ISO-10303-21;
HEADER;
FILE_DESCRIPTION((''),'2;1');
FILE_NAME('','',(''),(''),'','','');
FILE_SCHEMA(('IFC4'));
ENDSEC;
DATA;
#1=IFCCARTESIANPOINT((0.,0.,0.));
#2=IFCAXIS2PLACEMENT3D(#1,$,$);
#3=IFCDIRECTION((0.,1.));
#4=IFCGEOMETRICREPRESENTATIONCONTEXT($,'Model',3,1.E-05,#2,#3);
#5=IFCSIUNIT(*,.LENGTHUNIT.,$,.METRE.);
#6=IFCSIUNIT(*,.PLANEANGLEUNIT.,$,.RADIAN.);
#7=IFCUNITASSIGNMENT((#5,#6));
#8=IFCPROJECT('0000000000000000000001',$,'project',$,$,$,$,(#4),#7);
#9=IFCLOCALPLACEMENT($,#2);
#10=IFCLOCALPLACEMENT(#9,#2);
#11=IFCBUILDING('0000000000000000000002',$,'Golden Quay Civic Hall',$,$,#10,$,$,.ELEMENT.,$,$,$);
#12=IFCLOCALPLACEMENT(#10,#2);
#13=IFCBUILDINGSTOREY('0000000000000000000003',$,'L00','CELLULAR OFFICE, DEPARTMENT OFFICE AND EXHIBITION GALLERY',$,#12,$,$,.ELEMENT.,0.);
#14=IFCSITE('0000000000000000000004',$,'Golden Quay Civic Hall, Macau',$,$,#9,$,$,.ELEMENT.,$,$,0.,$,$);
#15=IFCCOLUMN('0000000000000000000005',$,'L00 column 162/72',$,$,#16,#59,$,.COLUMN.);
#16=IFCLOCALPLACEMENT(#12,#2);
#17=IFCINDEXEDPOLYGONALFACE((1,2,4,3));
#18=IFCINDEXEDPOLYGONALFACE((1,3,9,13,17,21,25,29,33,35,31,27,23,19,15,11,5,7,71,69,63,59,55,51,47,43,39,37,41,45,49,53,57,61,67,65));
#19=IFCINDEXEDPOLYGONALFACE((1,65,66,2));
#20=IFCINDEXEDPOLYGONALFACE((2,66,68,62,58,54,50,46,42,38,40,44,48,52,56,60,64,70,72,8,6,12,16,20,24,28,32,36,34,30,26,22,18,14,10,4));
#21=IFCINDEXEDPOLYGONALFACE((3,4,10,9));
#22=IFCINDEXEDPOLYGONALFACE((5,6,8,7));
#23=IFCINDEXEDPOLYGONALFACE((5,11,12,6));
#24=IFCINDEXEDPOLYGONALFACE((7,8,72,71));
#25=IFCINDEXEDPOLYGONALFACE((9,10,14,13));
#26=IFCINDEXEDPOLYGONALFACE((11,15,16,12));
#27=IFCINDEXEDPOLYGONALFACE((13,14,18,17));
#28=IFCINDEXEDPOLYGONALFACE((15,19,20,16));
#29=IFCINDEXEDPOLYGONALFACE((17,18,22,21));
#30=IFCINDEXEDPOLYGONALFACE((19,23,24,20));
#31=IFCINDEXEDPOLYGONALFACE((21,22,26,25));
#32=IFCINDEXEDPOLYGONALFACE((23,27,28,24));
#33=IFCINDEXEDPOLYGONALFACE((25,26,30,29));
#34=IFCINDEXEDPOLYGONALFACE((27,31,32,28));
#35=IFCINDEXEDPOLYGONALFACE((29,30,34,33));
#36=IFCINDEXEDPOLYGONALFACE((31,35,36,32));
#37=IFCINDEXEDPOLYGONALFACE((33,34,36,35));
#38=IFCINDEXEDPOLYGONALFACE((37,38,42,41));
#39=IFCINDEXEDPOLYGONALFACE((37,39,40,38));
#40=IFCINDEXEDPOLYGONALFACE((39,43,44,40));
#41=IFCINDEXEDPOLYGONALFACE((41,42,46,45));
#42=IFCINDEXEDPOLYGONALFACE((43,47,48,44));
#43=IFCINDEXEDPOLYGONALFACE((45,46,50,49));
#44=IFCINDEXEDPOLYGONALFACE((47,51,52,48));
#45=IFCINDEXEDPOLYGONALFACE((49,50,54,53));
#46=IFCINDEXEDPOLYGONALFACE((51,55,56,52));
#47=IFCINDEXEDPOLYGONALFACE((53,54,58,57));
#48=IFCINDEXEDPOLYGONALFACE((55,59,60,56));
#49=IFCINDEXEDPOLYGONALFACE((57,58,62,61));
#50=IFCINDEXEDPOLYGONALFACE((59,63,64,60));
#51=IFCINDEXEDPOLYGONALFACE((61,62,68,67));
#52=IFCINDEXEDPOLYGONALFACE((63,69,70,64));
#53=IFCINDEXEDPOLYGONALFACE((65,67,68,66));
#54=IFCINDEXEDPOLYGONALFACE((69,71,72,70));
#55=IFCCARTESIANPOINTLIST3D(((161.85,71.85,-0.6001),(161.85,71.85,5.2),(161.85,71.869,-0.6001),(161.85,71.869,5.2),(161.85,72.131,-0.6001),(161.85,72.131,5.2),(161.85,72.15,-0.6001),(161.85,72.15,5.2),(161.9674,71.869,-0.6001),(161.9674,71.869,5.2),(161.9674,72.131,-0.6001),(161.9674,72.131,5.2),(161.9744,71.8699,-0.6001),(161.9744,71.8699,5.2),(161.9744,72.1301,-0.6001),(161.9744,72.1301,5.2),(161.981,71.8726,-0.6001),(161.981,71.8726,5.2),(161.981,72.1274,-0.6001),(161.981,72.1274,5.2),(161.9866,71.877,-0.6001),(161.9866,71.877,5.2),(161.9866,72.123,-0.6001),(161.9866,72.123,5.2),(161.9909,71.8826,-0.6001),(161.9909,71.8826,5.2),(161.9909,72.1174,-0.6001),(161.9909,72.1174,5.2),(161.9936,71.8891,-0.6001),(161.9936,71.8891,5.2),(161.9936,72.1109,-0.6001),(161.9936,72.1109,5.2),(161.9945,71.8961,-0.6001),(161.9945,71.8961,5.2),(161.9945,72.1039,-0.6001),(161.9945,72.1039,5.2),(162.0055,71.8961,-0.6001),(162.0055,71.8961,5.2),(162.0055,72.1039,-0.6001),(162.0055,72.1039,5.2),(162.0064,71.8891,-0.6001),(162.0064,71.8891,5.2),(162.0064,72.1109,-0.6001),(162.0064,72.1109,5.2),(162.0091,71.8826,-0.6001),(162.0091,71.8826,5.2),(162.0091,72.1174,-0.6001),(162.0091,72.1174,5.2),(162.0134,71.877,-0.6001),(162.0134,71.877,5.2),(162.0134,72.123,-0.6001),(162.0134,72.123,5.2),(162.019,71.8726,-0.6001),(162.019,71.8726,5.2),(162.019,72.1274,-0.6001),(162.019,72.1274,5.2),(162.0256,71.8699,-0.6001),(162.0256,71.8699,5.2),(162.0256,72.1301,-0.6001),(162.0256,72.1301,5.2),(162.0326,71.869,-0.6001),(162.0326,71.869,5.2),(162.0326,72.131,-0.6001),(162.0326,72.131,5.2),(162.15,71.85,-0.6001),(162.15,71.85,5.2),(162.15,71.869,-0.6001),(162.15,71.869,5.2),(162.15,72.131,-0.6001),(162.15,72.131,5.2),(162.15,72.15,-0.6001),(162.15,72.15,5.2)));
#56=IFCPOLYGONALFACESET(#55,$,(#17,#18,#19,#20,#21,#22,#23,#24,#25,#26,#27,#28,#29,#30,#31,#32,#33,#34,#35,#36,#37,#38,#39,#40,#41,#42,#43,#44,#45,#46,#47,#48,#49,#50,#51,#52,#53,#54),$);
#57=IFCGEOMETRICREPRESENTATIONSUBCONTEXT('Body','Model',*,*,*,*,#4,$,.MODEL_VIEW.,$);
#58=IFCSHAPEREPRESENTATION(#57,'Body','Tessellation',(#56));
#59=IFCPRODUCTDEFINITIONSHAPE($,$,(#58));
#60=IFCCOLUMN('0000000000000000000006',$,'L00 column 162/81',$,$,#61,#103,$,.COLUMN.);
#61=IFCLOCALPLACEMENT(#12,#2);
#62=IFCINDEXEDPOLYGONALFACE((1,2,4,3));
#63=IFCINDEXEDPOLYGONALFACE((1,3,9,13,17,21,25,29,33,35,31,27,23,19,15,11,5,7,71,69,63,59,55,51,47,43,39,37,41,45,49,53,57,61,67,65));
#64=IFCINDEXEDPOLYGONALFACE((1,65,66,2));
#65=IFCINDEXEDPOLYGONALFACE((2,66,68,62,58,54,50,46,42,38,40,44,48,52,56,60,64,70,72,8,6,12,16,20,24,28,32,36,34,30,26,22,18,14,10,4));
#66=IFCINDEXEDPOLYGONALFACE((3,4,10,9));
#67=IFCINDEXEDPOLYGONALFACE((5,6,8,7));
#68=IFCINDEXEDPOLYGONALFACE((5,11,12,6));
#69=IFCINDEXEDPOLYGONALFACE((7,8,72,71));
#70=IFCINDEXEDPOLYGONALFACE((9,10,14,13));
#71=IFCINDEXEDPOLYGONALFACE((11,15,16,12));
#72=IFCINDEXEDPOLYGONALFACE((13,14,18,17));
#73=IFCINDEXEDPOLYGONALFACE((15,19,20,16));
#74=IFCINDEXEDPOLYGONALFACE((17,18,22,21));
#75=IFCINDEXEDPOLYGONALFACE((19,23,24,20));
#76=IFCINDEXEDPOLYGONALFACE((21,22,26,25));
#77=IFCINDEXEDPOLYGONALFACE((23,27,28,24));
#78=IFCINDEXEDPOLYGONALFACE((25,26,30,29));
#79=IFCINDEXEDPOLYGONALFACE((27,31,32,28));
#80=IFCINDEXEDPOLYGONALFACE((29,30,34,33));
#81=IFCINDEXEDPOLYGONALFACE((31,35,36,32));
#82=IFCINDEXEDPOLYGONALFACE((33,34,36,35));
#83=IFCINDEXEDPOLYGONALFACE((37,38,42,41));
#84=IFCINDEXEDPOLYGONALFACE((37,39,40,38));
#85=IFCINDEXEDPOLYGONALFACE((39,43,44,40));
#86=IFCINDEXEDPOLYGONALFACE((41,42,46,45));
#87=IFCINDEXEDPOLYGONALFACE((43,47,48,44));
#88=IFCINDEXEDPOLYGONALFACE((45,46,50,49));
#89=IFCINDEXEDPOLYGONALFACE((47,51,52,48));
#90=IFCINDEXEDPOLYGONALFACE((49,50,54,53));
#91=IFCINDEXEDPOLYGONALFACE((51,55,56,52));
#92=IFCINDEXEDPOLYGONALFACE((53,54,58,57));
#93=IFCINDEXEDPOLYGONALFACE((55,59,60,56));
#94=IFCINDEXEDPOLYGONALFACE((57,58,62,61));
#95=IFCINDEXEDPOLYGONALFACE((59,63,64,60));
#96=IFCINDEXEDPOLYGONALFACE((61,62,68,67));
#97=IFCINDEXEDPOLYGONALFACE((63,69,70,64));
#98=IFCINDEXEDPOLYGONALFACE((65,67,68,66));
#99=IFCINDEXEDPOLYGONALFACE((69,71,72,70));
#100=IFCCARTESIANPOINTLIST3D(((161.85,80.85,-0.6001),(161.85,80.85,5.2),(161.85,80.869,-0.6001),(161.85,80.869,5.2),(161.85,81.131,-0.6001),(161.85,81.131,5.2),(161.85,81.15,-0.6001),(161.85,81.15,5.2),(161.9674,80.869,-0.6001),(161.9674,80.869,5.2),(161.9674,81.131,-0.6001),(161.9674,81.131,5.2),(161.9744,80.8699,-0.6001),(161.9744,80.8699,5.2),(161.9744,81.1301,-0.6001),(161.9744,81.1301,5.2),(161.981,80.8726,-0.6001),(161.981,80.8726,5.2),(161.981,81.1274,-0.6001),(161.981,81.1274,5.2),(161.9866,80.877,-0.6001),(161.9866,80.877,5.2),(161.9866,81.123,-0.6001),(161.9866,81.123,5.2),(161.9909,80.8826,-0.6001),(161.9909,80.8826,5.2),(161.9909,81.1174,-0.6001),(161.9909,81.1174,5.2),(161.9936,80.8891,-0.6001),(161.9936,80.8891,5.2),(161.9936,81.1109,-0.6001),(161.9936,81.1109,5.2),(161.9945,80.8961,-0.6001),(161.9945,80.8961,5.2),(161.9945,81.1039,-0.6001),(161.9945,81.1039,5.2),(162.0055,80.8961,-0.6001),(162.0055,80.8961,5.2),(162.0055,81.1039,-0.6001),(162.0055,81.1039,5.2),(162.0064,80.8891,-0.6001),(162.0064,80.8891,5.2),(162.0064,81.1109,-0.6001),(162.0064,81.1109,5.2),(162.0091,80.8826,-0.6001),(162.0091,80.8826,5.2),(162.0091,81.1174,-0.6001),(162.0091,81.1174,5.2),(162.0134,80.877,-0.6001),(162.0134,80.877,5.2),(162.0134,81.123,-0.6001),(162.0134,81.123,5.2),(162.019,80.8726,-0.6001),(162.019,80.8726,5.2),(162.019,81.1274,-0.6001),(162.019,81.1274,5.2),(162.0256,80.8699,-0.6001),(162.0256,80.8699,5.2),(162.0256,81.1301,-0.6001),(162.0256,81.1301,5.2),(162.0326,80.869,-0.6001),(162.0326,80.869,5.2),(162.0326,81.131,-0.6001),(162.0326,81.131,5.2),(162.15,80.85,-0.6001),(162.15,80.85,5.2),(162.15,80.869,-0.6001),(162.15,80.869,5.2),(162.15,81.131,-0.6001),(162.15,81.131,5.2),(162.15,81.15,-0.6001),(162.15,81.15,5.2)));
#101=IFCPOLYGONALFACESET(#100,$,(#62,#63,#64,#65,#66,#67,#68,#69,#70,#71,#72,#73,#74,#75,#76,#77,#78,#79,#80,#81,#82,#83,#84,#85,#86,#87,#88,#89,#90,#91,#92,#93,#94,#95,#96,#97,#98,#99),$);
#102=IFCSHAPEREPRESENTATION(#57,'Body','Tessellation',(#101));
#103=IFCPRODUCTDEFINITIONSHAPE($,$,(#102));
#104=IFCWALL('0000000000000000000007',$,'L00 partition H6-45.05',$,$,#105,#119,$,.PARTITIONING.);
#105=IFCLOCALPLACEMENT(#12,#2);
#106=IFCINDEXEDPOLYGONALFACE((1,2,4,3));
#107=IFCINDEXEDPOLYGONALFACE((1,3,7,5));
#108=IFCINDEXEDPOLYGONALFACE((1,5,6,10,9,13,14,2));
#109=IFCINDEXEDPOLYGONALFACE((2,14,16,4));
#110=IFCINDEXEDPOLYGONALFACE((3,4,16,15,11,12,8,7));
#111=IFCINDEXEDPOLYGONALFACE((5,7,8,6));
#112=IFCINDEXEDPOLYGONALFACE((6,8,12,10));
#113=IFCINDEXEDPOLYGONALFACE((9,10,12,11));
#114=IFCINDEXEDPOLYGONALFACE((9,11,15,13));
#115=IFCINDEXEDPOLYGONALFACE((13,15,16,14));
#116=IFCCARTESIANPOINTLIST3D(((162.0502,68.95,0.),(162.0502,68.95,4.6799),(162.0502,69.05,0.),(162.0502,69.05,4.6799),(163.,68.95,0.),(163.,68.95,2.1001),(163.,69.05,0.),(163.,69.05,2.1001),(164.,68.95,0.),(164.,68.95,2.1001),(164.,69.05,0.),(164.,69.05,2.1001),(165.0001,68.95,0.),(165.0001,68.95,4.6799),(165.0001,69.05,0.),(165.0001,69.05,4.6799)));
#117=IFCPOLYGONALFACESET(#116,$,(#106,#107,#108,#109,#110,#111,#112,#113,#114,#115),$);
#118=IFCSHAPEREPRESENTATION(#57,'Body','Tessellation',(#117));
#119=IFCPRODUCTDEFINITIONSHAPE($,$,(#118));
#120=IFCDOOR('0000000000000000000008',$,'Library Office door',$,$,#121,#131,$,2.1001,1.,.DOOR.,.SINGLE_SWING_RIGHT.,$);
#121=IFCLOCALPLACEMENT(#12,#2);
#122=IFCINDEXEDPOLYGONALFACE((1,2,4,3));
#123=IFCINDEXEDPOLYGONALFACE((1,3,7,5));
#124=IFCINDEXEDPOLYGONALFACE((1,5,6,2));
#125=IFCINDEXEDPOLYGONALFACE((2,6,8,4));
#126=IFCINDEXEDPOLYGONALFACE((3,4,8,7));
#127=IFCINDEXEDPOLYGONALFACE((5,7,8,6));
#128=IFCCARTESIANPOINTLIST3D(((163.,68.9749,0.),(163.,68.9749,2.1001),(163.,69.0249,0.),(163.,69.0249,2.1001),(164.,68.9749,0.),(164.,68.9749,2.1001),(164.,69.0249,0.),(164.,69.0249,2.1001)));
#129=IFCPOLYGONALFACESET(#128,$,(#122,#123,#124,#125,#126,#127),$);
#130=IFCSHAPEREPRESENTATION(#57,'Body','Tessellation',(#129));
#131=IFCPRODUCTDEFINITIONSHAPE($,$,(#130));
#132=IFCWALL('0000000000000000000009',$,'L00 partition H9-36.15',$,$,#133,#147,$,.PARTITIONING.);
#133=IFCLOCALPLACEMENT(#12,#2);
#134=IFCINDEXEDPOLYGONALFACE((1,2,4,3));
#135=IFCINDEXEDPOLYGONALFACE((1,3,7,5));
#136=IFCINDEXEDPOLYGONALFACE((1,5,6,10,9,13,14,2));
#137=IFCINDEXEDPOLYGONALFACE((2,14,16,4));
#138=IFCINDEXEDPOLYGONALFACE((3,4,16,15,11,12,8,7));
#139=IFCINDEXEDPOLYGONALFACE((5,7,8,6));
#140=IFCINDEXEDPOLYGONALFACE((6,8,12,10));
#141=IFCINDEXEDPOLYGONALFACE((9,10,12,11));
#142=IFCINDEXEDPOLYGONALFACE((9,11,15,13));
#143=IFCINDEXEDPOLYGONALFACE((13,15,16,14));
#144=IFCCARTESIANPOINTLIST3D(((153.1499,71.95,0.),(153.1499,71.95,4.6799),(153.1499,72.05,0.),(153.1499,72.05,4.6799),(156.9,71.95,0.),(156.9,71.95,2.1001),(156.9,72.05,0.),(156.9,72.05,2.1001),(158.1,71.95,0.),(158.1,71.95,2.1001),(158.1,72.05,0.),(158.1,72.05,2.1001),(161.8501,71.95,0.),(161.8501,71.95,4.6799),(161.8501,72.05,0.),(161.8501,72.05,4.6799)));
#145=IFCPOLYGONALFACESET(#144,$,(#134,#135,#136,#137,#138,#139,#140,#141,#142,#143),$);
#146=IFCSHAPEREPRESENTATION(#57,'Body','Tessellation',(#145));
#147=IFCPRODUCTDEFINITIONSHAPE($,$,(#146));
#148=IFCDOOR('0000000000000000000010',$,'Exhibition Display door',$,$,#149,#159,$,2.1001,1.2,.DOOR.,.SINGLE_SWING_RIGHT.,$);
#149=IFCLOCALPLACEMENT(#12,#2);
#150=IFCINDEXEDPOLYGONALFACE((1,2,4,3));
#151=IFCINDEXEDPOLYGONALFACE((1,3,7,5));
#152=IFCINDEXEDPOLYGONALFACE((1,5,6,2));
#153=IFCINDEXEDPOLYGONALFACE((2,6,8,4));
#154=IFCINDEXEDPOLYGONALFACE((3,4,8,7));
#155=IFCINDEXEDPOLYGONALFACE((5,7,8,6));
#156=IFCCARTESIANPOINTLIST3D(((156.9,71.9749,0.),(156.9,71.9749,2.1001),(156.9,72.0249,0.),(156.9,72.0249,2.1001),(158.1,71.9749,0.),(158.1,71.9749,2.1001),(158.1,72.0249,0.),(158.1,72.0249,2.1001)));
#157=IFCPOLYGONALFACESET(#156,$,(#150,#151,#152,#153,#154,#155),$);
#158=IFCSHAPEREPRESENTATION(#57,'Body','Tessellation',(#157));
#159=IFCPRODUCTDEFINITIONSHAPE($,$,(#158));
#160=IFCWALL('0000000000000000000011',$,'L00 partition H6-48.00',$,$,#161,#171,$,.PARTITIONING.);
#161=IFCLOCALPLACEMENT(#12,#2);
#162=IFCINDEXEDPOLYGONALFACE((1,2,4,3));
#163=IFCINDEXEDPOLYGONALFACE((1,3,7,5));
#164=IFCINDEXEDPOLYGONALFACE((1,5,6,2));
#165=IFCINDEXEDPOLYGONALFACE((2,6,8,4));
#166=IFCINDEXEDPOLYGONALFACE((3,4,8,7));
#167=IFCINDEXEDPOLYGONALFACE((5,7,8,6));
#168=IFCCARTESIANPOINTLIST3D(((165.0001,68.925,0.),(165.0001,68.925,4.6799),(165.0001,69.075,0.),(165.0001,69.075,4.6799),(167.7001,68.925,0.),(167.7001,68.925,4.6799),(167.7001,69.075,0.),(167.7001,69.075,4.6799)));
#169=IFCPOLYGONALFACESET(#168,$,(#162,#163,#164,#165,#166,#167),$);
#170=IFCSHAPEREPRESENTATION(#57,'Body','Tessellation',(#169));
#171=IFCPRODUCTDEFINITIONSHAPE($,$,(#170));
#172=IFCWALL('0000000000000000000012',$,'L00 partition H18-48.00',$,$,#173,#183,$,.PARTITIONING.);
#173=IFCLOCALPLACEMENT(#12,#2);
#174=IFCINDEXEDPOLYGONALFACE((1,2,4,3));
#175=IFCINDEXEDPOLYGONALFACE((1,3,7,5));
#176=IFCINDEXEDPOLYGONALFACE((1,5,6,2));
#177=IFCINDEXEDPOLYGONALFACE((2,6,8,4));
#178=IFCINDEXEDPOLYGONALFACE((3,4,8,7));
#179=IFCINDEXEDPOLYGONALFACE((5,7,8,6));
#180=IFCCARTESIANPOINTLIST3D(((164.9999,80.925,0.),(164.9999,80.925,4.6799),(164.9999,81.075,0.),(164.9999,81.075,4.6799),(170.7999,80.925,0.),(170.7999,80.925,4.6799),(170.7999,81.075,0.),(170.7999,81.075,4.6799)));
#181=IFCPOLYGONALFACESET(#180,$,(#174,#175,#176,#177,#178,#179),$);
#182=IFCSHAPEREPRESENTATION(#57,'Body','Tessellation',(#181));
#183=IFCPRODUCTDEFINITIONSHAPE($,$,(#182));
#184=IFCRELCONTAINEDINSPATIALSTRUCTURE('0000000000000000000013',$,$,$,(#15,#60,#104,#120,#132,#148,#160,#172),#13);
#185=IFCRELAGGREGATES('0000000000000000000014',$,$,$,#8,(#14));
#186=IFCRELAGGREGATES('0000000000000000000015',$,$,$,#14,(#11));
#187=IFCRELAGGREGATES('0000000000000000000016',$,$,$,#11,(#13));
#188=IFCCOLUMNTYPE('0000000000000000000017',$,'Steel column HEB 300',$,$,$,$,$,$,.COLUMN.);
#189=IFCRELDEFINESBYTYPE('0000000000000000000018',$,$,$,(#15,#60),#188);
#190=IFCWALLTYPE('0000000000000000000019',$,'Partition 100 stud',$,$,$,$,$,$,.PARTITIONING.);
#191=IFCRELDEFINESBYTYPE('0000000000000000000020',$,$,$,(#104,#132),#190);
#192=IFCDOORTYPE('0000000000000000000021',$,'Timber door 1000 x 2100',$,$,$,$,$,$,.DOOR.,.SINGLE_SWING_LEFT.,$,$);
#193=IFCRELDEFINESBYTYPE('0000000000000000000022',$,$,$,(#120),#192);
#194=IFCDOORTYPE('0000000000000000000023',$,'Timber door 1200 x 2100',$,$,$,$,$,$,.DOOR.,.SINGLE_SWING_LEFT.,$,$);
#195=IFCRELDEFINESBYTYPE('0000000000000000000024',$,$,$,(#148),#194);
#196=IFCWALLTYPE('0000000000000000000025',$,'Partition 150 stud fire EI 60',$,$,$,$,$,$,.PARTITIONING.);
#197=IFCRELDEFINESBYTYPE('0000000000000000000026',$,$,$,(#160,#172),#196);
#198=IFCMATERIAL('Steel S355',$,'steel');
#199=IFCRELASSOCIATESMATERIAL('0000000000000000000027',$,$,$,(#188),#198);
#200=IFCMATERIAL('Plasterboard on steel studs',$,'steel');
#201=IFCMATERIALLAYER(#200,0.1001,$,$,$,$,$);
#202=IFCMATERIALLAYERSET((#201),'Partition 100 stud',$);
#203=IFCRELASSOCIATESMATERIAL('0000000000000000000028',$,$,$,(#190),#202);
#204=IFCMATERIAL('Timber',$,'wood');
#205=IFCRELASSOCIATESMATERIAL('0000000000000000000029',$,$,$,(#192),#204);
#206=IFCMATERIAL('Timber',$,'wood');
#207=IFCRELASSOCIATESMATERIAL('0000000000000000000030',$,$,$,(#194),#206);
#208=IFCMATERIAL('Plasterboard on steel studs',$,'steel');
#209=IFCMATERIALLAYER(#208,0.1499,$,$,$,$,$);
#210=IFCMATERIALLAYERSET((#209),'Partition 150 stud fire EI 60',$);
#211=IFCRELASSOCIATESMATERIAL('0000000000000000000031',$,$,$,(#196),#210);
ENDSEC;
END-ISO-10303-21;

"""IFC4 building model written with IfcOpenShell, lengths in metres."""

from ifc_helpers import new_model, si_unit, direction, frame, frame_2d, origin, origin_2d, place, context, subcontext, project, spatial, rectangle, i_section, extrude, material, layer, layer_set, material_profile, profile_set, type_object, element, fill, save


model = new_model("IFC4")

# Units and contexts
model_context = context("Model", 3, precision=1e-05, world=origin(), true_north=direction((0.0, 1.0)))
body_context = subcontext(model_context, "Body", "Model", "MODEL_VIEW")
ifc_project = project(units=[si_unit("LENGTHUNIT", "METRE"), si_unit("PLANEANGLEUNIT", "RADIAN")], contexts=[model_context])

# Site, building, storey
site_placement = place(None, origin())
site = spatial("IfcSite", under=ifc_project, at=site_placement, Name="Golden Quay Civic Hall, Macau", CompositionType="ELEMENT", RefElevation=0.0)
building_placement = place(site_placement, origin())
building = spatial("IfcBuilding", under=site, at=building_placement, Name="Golden Quay Civic Hall", CompositionType="ELEMENT")
storey_placement = place(building_placement, origin())
storey = spatial("IfcBuildingStorey", under=building, at=storey_placement, Name="L00", Description="CELLULAR OFFICE, DEPARTMENT OFFICE AND EXHIBITION GALLERY", CompositionType="ELEMENT", Elevation=0.0)

# Columns
ifc_material_1 = material(Name="Steel S355", Category="steel")
ifc_material_profile_1 = material_profile(ifc_material_1, i_section(OverallWidth=0.3, OverallDepth=0.3, WebThickness=0.011, FlangeThickness=0.019, FilletRadius=0.0271, at=origin_2d()), Name="HEB 300")
ifc_profile_set_1 = profile_set([ifc_material_profile_1], Name="Steel S355")
column_type = type_object("IfcColumnType", Name="Steel column HEB 300", PredefinedType="COLUMN", material=ifc_profile_set_1)
for number, where, z_axis, x_axis, name in (
    (1, (162.0, 72.0, -0.6001), (0.0, 0.0, 1.0), (1.0, 0.0, 0.0), "L00 column 162/72"),
    (2, (162.0, 81.0, -0.6001), (0.0, 0.0, 1.0), (1.0, 0.0, 0.0), "L00 column 162/81"),
):
    element("IfcColumn", number, at=place(storey_placement, frame(where, z_axis=z_axis, x_axis=x_axis)), inside=storey, type_object=column_type, Name=name, PredefinedType="COLUMN", context=body_context, shape_type="SweptSolid", body=[
        extrude(i_section(OverallWidth=0.3, OverallDepth=0.3, WebThickness=0.011, FlangeThickness=0.019, FilletRadius=0.0271, at=origin_2d()), origin(), (0.0, 0.0, 1.0), 5.8),
    ])

# Walls, openings, doors
ifc_material_2 = material(Name="Plasterboard on steel studs", Category="steel")
ifc_layer_1 = layer(ifc_material_2, 0.1001)
ifc_layer_set_1 = layer_set([ifc_layer_1], Name="Partition 100 stud")
wall_type_1 = type_object("IfcWallType", Name="Partition 100 stud", PredefinedType="PARTITIONING", material=ifc_layer_set_1)
wall_1_placement = place(storey_placement, frame((162.05, 69.0, 0.0), z_axis=(0.0, 0.0, 1.0), x_axis=(1.0, 0.0, 0.0)))
wall_1 = element("IfcWall", 3, at=wall_1_placement, inside=storey, type_object=wall_type_1, Name="L00 partition H6-45.05", PredefinedType="PARTITIONING", context=body_context, shape_type="SweptSolid", body=[
    extrude(rectangle(XDim=2.95, YDim=0.1001, at=frame_2d((1.4751, 0.0))), origin(), (0.0, 0.0, 1.0), 4.6799),
])
opening_1_placement = place(wall_1_placement, frame((0.95, 0.0, 0.0)))
opening_1 = element("IfcOpeningElement", 4, at=opening_1_placement, cuts=wall_1, PredefinedType="OPENING", context=body_context, shape_type="SweptSolid", body=[
    extrude(rectangle(XDim=1.0, YDim=2.1001, at=frame_2d((0.5, 1.05))), frame((0.0, 0.0601, 0.0), z_axis=(0.0, -1.0, 0.0), x_axis=(1.0, 0.0, 0.0)), (0.0, 0.0, 1.0), 0.1201),
])
ifc_material_3 = material(Name="Timber", Category="wood")
door_type_1 = type_object("IfcDoorType", Name="Timber door 1000 x 2100", OperationType="SINGLE_SWING_LEFT", PredefinedType="DOOR", material=ifc_material_3)
door_1_placement = place(opening_1_placement, frame((1.0, 0.0, 0.0), z_axis=(0.0, 0.0, 1.0), x_axis=(-1.0, 0.0, 0.0)))
door_1 = element("IfcDoor", 5, at=door_1_placement, inside=storey, type_object=door_type_1, Name="Library Office door", OperationType="SINGLE_SWING_RIGHT", OverallHeight=2.1001, OverallWidth=1.0, PredefinedType="DOOR", context=body_context, shape_type="SweptSolid", body=[
    extrude(rectangle(XDim=1.0, YDim=2.1001, at=frame_2d((0.5, 1.05))), frame((0.0, 0.0251, 0.0), z_axis=(0.0, -1.0, 0.0), x_axis=(1.0, 0.0, 0.0)), (0.0, 0.0, 1.0), 0.05),
])
fill(opening_1, door_1)
wall_2_placement = place(storey_placement, frame((153.1499, 72.0, 0.0), z_axis=(0.0, 0.0, 1.0), x_axis=(1.0, 0.0, 0.0)))
wall_2 = element("IfcWall", 6, at=wall_2_placement, inside=storey, type_object=wall_type_1, Name="L00 partition H9-36.15", PredefinedType="PARTITIONING", context=body_context, shape_type="SweptSolid", body=[
    extrude(rectangle(XDim=8.7002, YDim=0.1001, at=frame_2d((4.3501, 0.0))), origin(), (0.0, 0.0, 1.0), 4.6799),
])
opening_2_placement = place(wall_2_placement, frame((3.75, 0.0, 0.0)))
opening_2 = element("IfcOpeningElement", 7, at=opening_2_placement, cuts=wall_2, PredefinedType="OPENING", context=body_context, shape_type="SweptSolid", body=[
    extrude(rectangle(XDim=1.2, YDim=2.1001, at=frame_2d((0.6001, 1.05))), frame((0.0, 0.0601, 0.0), z_axis=(0.0, -1.0, 0.0), x_axis=(1.0, 0.0, 0.0)), (0.0, 0.0, 1.0), 0.1201),
])
ifc_material_4 = material(Name="Timber", Category="wood")
door_type_2 = type_object("IfcDoorType", Name="Timber door 1200 x 2100", OperationType="SINGLE_SWING_LEFT", PredefinedType="DOOR", material=ifc_material_4)
door_2_placement = place(opening_2_placement, frame((1.2, 0.0, 0.0), z_axis=(0.0, 0.0, 1.0), x_axis=(-1.0, 0.0, 0.0)))
door_2 = element("IfcDoor", 8, at=door_2_placement, inside=storey, type_object=door_type_2, Name="Exhibition Display door", OperationType="SINGLE_SWING_RIGHT", OverallHeight=2.1001, OverallWidth=1.2, PredefinedType="DOOR", context=body_context, shape_type="SweptSolid", body=[
    extrude(rectangle(XDim=1.2, YDim=2.1001, at=frame_2d((0.5999, 1.05))), frame((0.0, 0.0251, 0.0), z_axis=(0.0, -1.0, 0.0), x_axis=(1.0, 0.0, 0.0)), (0.0, 0.0, 1.0), 0.05),
])
fill(opening_2, door_2)

# Walls
ifc_material_5 = material(Name="Plasterboard on steel studs", Category="steel")
ifc_layer_2 = layer(ifc_material_5, 0.1499)
ifc_layer_set_2 = layer_set([ifc_layer_2], Name="Partition 150 stud fire EI 60")
wall_type_2 = type_object("IfcWallType", Name="Partition 150 stud fire EI 60", PredefinedType="PARTITIONING", material=ifc_layer_set_2)
wall_3_placement = place(storey_placement, frame((165.0, 69.0, 0.0), z_axis=(0.0, 0.0, 1.0), x_axis=(1.0, 0.0, 0.0)))
element("IfcWall", 9, at=wall_3_placement, inside=storey, type_object=wall_type_2, Name="L00 partition H6-48.00", PredefinedType="PARTITIONING", context=body_context, shape_type="SweptSolid", body=[
    extrude(rectangle(XDim=2.7, YDim=0.1499, at=frame_2d((1.3501, 0.0))), origin(), (0.0, 0.0, 1.0), 4.6799),
])
wall_4_placement = place(storey_placement, frame((165.0, 81.0, 0.0), z_axis=(0.0, 0.0, 1.0), x_axis=(1.0, 0.0, 0.0)))
element("IfcWall", 10, at=wall_4_placement, inside=storey, type_object=wall_type_2, Name="L00 partition H18-48.00", PredefinedType="PARTITIONING", context=body_context, shape_type="SweptSolid", body=[
    extrude(rectangle(XDim=5.8, YDim=0.1499, at=frame_2d((2.8999, 0.0))), origin(), (0.0, 0.0, 1.0), 4.6799),
])

save(model, "model.ifc")
